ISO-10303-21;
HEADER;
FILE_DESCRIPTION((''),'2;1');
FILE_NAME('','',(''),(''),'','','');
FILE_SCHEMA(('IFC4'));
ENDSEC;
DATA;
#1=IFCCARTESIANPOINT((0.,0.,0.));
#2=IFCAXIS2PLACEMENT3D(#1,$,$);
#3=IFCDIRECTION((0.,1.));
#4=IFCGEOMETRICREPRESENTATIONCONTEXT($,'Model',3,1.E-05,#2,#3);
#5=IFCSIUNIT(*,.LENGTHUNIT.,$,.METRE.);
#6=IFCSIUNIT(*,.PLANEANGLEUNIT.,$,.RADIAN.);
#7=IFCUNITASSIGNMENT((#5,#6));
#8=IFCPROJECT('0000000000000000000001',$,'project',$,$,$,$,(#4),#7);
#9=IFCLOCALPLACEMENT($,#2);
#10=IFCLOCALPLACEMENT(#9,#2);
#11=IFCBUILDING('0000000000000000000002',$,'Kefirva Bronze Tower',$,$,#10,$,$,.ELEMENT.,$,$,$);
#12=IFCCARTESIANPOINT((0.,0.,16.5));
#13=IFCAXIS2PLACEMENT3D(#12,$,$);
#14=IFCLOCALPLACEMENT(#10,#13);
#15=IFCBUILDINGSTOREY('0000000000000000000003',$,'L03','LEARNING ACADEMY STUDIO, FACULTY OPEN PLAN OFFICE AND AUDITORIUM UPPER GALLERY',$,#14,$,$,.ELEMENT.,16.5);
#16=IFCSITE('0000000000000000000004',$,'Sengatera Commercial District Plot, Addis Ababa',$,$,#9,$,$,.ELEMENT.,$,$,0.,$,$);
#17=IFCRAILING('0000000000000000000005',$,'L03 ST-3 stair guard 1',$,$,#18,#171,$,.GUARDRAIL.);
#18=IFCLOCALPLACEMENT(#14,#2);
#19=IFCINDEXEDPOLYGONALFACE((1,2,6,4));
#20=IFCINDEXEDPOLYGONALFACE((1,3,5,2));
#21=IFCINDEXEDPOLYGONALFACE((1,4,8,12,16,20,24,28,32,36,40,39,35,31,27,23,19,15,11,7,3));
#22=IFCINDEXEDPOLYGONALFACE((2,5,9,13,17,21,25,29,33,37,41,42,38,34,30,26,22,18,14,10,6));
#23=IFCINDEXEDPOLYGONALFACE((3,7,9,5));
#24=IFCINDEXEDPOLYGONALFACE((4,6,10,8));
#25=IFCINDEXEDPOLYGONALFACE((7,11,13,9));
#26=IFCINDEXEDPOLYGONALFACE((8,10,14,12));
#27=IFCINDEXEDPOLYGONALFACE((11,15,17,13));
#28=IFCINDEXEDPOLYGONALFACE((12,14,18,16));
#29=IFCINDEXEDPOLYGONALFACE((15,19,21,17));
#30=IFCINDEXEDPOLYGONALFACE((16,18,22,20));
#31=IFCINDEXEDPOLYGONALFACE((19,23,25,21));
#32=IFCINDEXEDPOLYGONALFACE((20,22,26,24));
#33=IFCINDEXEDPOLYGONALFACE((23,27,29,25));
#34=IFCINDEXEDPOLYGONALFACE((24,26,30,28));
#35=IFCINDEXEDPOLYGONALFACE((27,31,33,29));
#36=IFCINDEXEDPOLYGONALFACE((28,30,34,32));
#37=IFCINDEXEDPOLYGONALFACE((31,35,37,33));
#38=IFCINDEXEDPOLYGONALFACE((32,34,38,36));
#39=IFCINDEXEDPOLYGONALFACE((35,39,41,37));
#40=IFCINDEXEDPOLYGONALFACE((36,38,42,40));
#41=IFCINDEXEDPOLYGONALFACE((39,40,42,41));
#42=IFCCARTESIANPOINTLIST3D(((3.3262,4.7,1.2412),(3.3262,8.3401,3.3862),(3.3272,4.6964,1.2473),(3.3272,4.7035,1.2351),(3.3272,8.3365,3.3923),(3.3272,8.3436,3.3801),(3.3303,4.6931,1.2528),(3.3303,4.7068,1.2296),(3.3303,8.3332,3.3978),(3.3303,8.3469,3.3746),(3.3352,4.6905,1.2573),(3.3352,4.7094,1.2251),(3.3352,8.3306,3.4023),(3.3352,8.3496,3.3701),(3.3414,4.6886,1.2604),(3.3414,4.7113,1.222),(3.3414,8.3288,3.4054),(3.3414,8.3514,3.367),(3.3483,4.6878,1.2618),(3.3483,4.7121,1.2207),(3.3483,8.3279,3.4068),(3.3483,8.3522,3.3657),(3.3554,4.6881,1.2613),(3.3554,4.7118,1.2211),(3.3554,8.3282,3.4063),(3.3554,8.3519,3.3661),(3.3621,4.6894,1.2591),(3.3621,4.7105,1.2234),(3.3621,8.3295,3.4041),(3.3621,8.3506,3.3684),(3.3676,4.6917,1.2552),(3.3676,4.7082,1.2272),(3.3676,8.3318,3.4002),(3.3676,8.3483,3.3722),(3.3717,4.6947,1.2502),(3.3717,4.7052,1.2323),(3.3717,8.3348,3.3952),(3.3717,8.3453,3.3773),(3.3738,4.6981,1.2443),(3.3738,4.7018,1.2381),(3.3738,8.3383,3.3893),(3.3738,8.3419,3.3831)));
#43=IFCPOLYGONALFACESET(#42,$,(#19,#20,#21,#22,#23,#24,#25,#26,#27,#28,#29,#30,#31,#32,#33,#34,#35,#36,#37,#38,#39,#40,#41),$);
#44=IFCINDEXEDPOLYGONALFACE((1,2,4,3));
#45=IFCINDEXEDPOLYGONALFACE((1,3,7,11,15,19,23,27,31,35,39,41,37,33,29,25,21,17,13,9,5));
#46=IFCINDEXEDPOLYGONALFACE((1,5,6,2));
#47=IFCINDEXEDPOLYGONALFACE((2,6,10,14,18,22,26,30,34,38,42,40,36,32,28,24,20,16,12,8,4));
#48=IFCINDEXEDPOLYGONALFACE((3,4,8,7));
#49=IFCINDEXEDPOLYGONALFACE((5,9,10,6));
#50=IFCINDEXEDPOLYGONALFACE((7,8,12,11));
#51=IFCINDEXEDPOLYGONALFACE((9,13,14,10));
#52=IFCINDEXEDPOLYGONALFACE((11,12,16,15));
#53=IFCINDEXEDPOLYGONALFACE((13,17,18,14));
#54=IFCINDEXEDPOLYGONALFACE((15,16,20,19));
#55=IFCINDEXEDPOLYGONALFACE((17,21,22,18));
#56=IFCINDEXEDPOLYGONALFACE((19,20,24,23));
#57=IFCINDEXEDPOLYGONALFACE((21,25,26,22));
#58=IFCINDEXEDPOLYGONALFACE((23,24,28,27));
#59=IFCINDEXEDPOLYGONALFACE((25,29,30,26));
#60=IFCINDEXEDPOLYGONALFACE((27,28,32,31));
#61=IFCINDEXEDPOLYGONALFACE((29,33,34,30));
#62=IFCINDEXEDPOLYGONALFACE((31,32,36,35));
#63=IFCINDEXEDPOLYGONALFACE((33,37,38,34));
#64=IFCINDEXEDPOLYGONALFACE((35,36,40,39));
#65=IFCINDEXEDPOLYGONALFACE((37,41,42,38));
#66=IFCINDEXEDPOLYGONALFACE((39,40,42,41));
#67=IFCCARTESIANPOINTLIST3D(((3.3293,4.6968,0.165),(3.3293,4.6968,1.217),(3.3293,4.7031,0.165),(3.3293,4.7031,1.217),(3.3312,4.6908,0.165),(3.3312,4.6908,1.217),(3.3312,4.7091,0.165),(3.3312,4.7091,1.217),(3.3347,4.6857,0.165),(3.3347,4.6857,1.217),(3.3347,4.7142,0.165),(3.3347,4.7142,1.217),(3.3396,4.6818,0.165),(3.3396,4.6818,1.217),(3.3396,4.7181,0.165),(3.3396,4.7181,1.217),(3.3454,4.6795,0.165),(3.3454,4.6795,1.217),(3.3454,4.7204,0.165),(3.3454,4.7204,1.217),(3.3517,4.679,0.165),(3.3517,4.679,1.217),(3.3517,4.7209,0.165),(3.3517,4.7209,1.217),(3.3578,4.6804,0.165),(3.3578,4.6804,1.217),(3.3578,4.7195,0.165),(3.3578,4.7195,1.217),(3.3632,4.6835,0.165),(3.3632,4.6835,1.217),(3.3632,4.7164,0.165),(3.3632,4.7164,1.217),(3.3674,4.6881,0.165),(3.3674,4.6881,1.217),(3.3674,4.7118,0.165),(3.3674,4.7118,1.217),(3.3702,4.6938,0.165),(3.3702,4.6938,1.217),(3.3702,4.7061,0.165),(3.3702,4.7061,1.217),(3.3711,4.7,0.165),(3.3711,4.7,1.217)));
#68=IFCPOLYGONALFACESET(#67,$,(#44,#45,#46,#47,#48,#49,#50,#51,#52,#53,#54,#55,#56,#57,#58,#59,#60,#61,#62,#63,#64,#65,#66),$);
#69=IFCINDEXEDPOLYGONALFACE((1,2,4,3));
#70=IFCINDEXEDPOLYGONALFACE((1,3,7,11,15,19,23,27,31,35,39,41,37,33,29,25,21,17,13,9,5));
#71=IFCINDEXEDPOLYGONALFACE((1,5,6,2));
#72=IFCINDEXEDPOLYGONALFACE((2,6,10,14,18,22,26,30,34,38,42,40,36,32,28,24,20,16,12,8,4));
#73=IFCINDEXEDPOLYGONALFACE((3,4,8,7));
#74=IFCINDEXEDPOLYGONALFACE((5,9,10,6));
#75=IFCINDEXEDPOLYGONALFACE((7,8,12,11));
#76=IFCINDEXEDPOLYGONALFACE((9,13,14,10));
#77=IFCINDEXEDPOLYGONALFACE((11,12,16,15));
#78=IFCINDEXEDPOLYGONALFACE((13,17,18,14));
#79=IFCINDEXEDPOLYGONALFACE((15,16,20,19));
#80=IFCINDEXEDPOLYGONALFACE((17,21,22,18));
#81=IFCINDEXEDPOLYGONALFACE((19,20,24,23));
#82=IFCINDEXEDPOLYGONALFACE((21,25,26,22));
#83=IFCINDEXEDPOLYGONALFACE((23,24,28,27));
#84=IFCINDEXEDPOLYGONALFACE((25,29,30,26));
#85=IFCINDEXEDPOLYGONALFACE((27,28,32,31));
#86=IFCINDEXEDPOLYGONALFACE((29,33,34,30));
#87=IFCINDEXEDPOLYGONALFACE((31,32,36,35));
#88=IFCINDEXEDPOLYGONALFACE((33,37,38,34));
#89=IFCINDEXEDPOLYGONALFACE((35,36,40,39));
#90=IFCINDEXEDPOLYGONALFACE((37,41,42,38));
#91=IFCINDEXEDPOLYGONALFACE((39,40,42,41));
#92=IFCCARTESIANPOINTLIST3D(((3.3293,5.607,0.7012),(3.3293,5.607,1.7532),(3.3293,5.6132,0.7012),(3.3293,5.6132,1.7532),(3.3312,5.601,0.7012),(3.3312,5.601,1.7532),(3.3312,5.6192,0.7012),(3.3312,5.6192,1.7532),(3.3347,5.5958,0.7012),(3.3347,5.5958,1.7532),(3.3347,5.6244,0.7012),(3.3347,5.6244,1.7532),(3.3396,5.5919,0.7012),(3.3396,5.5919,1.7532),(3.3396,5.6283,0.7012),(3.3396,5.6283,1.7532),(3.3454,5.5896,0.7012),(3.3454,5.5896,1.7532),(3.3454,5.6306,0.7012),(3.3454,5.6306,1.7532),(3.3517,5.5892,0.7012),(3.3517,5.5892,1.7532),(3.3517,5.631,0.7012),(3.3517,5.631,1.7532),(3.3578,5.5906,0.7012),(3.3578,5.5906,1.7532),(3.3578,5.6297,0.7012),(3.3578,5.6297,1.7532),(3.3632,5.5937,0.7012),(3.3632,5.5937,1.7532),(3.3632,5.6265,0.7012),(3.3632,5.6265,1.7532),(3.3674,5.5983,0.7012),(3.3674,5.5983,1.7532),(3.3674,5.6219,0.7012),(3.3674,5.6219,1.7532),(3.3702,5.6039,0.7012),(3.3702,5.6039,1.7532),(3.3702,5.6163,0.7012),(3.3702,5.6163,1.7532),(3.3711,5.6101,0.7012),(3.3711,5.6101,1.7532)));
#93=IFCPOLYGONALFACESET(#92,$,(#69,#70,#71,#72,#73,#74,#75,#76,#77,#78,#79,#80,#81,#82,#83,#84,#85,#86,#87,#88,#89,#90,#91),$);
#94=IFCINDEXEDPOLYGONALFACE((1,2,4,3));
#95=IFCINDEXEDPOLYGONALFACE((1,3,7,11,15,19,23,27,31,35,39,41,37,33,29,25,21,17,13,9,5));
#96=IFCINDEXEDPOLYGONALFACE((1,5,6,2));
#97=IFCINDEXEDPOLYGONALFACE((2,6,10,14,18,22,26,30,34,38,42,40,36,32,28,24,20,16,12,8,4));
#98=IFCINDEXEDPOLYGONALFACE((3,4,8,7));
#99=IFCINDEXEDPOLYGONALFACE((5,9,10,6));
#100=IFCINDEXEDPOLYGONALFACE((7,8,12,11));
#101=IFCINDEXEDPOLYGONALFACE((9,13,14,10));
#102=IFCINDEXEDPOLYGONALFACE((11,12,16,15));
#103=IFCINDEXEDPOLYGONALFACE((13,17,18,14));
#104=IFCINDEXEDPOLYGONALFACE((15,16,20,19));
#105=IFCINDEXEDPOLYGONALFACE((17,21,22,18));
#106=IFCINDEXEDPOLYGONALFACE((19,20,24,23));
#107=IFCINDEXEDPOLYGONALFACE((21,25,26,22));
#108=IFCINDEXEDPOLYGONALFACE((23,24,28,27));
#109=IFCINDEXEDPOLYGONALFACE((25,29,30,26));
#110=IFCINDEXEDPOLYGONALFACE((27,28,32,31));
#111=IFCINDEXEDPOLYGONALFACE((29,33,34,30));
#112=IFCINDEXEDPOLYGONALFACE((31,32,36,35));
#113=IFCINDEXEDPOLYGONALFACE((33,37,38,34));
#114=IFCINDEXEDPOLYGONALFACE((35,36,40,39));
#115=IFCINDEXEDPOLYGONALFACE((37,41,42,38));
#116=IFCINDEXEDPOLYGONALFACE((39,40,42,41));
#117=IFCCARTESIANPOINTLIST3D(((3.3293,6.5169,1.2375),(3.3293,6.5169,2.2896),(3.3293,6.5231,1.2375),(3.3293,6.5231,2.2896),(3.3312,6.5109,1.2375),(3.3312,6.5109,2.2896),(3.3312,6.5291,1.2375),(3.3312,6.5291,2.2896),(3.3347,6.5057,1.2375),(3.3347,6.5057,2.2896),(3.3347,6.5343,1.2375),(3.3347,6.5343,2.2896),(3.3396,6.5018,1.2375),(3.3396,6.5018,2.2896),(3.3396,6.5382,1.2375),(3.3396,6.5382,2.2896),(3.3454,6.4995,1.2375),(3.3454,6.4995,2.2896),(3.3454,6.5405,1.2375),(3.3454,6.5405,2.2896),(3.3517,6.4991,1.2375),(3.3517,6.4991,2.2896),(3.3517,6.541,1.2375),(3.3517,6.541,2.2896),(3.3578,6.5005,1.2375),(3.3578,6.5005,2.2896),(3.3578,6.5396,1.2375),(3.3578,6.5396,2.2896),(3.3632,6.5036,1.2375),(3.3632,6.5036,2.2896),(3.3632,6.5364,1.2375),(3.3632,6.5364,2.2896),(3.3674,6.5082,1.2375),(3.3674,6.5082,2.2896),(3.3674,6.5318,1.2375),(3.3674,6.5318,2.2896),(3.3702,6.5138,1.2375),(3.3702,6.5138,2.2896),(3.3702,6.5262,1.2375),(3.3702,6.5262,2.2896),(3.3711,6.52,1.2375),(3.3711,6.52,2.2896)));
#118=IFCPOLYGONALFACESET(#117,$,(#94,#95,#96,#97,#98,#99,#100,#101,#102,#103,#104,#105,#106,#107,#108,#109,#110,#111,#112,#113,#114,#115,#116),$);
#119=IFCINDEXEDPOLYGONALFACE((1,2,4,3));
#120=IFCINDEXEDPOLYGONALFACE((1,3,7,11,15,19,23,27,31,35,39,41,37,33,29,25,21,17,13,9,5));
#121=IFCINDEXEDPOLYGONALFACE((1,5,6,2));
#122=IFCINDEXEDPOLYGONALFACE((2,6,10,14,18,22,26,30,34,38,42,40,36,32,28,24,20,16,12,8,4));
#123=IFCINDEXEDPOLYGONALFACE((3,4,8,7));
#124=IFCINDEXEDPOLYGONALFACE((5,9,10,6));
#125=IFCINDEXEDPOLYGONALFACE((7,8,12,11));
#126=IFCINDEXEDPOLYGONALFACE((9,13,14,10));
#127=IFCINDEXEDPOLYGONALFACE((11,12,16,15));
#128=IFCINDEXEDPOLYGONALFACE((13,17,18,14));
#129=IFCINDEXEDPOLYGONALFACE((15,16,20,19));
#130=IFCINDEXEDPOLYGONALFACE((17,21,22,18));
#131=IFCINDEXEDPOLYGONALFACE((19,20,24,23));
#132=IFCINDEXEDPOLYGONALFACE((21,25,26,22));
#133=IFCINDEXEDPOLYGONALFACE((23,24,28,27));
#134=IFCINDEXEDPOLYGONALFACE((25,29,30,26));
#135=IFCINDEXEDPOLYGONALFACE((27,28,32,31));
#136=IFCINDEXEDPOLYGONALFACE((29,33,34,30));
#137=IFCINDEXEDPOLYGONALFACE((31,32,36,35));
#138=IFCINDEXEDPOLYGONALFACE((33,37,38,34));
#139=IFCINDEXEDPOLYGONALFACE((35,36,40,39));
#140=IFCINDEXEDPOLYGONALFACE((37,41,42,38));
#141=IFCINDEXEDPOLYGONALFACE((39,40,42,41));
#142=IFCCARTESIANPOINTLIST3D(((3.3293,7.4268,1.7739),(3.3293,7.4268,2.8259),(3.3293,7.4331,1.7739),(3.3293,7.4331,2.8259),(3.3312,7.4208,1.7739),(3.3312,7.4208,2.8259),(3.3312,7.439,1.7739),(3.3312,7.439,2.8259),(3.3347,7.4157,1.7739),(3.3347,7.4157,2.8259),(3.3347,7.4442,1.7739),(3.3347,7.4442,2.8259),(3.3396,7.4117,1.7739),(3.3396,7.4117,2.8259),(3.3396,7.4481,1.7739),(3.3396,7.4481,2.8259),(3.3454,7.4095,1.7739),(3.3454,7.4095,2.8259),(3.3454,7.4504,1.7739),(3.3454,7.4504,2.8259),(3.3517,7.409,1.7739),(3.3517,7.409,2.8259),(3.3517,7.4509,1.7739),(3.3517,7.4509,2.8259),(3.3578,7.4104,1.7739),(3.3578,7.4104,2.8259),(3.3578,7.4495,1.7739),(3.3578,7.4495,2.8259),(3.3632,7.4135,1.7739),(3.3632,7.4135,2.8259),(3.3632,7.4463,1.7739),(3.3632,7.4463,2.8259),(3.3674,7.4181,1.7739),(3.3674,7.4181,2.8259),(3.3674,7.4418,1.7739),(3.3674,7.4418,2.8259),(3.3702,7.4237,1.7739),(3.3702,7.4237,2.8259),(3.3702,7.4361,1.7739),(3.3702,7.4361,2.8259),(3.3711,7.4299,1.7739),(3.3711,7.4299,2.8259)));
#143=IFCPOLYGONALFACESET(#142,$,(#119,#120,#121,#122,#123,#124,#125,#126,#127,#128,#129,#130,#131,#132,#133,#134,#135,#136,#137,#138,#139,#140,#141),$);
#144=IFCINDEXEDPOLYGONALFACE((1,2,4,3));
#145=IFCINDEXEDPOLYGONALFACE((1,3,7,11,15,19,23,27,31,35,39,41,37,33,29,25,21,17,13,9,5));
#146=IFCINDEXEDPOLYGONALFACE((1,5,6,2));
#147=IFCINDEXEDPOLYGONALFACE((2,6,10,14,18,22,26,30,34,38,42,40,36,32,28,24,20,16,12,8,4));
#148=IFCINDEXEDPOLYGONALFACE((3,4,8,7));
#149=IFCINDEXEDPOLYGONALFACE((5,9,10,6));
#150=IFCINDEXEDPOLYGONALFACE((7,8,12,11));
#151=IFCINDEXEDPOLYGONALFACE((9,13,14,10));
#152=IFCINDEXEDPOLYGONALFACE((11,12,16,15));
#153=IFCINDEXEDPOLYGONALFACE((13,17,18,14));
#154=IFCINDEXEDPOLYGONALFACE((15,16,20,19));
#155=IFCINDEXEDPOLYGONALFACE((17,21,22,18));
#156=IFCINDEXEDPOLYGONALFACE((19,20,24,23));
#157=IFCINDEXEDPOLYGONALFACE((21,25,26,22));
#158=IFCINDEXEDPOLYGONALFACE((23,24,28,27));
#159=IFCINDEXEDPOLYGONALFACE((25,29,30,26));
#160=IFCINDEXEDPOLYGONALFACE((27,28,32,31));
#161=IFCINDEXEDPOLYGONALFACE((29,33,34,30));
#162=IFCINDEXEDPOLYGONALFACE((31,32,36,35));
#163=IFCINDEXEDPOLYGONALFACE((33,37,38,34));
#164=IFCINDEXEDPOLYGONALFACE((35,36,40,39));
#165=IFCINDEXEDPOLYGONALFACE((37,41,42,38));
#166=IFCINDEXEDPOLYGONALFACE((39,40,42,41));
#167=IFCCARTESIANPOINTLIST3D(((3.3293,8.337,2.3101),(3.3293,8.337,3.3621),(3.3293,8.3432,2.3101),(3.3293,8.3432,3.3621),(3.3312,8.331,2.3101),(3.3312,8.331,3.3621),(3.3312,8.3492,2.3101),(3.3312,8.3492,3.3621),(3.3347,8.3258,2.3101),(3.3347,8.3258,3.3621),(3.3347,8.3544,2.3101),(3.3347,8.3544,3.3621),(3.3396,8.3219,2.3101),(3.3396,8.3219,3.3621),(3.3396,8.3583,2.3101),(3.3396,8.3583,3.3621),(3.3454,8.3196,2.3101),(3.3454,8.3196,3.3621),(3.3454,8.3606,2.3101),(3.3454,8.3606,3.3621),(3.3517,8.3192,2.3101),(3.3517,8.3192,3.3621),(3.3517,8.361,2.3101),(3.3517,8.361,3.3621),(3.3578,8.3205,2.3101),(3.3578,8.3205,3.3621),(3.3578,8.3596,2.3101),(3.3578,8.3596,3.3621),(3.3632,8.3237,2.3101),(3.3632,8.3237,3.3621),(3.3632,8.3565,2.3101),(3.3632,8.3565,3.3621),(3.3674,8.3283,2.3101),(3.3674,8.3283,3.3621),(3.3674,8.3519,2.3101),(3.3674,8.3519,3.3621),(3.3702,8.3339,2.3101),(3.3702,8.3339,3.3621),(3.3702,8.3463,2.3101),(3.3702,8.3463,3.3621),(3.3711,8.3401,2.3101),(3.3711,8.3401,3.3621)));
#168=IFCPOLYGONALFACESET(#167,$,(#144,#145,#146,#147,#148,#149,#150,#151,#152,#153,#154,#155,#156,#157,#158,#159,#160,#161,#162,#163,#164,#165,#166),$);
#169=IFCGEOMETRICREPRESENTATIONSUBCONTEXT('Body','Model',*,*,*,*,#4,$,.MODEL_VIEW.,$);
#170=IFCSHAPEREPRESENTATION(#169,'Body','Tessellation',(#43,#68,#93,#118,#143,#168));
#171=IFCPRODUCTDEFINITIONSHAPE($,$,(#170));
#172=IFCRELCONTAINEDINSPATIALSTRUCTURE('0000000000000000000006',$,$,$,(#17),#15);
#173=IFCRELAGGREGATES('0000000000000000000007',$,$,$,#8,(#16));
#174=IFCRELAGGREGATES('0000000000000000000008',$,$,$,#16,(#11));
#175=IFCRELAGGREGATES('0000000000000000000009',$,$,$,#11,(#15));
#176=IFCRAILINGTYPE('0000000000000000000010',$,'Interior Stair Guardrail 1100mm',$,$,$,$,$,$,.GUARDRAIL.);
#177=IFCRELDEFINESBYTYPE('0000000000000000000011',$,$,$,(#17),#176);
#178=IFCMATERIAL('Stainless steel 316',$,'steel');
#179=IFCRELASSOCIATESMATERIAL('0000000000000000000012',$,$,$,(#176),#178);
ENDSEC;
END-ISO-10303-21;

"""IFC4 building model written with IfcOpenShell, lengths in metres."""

from ifc_helpers import new_model, si_unit, direction, frame, origin, origin_2d, place, context, subcontext, project, spatial, circle, extrude, material, type_object, element, save


model = new_model("IFC4")

# Units and contexts
model_context = context("Model", 3, precision=1e-05, world=origin(), true_north=direction((0.0, 1.0)))
body_context = subcontext(model_context, "Body", "Model", "MODEL_VIEW")
ifc_project = project(units=[si_unit("LENGTHUNIT", "METRE"), si_unit("PLANEANGLEUNIT", "RADIAN")], contexts=[model_context])

# Site, building, storey
site_placement = place(None, origin())
site = spatial("IfcSite", under=ifc_project, at=site_placement, Name="Sengatera Commercial District Plot, Addis Ababa", CompositionType="ELEMENT", RefElevation=0.0)
building_placement = place(site_placement, origin())
building = spatial("IfcBuilding", under=site, at=building_placement, Name="Kefirva Bronze Tower", CompositionType="ELEMENT")
storey_placement = place(building_placement, frame((0.0, 0.0, 16.5)))
storey = spatial("IfcBuildingStorey", under=building, at=storey_placement, Name="L03", Description="LEARNING ACADEMY STUDIO, FACULTY OPEN PLAN OFFICE AND AUDITORIUM UPPER GALLERY", CompositionType="ELEMENT", Elevation=16.5)

# Railing
ifc_material_1 = material(Name="Stainless steel 316", Category="steel")
railing_type_1 = type_object("IfcRailingType", Name="Interior Stair Guardrail 1100mm", PredefinedType="GUARDRAIL", material=ifc_material_1)
railing_1_placement = place(storey_placement, frame((3.3501, 4.7, 0.165)))
element("IfcRailing", 1, at=railing_1_placement, inside=storey, type_object=railing_type_1, Name="L03 ST-3 stair guard 1", PredefinedType="GUARDRAIL", context=body_context, shape_type="SweptSolid", body=[
    extrude(circle(Radius=0.0239, at=origin_2d()), frame((0.0, 0.0, 1.0762), z_axis=(0.0, 0.861545, 0.507682), x_axis=(-1.0, 0.0, 0.0)), (0.0, 0.0, 1.0), 4.2251),
    extrude(circle(Radius=0.021, at=origin_2d()), origin(), (0.0, 0.0, 1.0), 1.052),
    extrude(circle(Radius=0.021, at=origin_2d()), frame((0.0, 0.9102, 0.5361)), (0.0, 0.0, 1.0), 1.052),
    extrude(circle(Radius=0.021, at=origin_2d()), frame((0.0, 1.8201, 1.0725)), (0.0, 0.0, 1.0), 1.052),
    extrude(circle(Radius=0.021, at=origin_2d()), frame((0.0, 2.73, 1.6089)), (0.0, 0.0, 1.0), 1.052),
    extrude(circle(Radius=0.021, at=origin_2d()), frame((0.0, 3.6401, 2.145)), (0.0, 0.0, 1.0), 1.052),
])

save(model, "model.ifc")
